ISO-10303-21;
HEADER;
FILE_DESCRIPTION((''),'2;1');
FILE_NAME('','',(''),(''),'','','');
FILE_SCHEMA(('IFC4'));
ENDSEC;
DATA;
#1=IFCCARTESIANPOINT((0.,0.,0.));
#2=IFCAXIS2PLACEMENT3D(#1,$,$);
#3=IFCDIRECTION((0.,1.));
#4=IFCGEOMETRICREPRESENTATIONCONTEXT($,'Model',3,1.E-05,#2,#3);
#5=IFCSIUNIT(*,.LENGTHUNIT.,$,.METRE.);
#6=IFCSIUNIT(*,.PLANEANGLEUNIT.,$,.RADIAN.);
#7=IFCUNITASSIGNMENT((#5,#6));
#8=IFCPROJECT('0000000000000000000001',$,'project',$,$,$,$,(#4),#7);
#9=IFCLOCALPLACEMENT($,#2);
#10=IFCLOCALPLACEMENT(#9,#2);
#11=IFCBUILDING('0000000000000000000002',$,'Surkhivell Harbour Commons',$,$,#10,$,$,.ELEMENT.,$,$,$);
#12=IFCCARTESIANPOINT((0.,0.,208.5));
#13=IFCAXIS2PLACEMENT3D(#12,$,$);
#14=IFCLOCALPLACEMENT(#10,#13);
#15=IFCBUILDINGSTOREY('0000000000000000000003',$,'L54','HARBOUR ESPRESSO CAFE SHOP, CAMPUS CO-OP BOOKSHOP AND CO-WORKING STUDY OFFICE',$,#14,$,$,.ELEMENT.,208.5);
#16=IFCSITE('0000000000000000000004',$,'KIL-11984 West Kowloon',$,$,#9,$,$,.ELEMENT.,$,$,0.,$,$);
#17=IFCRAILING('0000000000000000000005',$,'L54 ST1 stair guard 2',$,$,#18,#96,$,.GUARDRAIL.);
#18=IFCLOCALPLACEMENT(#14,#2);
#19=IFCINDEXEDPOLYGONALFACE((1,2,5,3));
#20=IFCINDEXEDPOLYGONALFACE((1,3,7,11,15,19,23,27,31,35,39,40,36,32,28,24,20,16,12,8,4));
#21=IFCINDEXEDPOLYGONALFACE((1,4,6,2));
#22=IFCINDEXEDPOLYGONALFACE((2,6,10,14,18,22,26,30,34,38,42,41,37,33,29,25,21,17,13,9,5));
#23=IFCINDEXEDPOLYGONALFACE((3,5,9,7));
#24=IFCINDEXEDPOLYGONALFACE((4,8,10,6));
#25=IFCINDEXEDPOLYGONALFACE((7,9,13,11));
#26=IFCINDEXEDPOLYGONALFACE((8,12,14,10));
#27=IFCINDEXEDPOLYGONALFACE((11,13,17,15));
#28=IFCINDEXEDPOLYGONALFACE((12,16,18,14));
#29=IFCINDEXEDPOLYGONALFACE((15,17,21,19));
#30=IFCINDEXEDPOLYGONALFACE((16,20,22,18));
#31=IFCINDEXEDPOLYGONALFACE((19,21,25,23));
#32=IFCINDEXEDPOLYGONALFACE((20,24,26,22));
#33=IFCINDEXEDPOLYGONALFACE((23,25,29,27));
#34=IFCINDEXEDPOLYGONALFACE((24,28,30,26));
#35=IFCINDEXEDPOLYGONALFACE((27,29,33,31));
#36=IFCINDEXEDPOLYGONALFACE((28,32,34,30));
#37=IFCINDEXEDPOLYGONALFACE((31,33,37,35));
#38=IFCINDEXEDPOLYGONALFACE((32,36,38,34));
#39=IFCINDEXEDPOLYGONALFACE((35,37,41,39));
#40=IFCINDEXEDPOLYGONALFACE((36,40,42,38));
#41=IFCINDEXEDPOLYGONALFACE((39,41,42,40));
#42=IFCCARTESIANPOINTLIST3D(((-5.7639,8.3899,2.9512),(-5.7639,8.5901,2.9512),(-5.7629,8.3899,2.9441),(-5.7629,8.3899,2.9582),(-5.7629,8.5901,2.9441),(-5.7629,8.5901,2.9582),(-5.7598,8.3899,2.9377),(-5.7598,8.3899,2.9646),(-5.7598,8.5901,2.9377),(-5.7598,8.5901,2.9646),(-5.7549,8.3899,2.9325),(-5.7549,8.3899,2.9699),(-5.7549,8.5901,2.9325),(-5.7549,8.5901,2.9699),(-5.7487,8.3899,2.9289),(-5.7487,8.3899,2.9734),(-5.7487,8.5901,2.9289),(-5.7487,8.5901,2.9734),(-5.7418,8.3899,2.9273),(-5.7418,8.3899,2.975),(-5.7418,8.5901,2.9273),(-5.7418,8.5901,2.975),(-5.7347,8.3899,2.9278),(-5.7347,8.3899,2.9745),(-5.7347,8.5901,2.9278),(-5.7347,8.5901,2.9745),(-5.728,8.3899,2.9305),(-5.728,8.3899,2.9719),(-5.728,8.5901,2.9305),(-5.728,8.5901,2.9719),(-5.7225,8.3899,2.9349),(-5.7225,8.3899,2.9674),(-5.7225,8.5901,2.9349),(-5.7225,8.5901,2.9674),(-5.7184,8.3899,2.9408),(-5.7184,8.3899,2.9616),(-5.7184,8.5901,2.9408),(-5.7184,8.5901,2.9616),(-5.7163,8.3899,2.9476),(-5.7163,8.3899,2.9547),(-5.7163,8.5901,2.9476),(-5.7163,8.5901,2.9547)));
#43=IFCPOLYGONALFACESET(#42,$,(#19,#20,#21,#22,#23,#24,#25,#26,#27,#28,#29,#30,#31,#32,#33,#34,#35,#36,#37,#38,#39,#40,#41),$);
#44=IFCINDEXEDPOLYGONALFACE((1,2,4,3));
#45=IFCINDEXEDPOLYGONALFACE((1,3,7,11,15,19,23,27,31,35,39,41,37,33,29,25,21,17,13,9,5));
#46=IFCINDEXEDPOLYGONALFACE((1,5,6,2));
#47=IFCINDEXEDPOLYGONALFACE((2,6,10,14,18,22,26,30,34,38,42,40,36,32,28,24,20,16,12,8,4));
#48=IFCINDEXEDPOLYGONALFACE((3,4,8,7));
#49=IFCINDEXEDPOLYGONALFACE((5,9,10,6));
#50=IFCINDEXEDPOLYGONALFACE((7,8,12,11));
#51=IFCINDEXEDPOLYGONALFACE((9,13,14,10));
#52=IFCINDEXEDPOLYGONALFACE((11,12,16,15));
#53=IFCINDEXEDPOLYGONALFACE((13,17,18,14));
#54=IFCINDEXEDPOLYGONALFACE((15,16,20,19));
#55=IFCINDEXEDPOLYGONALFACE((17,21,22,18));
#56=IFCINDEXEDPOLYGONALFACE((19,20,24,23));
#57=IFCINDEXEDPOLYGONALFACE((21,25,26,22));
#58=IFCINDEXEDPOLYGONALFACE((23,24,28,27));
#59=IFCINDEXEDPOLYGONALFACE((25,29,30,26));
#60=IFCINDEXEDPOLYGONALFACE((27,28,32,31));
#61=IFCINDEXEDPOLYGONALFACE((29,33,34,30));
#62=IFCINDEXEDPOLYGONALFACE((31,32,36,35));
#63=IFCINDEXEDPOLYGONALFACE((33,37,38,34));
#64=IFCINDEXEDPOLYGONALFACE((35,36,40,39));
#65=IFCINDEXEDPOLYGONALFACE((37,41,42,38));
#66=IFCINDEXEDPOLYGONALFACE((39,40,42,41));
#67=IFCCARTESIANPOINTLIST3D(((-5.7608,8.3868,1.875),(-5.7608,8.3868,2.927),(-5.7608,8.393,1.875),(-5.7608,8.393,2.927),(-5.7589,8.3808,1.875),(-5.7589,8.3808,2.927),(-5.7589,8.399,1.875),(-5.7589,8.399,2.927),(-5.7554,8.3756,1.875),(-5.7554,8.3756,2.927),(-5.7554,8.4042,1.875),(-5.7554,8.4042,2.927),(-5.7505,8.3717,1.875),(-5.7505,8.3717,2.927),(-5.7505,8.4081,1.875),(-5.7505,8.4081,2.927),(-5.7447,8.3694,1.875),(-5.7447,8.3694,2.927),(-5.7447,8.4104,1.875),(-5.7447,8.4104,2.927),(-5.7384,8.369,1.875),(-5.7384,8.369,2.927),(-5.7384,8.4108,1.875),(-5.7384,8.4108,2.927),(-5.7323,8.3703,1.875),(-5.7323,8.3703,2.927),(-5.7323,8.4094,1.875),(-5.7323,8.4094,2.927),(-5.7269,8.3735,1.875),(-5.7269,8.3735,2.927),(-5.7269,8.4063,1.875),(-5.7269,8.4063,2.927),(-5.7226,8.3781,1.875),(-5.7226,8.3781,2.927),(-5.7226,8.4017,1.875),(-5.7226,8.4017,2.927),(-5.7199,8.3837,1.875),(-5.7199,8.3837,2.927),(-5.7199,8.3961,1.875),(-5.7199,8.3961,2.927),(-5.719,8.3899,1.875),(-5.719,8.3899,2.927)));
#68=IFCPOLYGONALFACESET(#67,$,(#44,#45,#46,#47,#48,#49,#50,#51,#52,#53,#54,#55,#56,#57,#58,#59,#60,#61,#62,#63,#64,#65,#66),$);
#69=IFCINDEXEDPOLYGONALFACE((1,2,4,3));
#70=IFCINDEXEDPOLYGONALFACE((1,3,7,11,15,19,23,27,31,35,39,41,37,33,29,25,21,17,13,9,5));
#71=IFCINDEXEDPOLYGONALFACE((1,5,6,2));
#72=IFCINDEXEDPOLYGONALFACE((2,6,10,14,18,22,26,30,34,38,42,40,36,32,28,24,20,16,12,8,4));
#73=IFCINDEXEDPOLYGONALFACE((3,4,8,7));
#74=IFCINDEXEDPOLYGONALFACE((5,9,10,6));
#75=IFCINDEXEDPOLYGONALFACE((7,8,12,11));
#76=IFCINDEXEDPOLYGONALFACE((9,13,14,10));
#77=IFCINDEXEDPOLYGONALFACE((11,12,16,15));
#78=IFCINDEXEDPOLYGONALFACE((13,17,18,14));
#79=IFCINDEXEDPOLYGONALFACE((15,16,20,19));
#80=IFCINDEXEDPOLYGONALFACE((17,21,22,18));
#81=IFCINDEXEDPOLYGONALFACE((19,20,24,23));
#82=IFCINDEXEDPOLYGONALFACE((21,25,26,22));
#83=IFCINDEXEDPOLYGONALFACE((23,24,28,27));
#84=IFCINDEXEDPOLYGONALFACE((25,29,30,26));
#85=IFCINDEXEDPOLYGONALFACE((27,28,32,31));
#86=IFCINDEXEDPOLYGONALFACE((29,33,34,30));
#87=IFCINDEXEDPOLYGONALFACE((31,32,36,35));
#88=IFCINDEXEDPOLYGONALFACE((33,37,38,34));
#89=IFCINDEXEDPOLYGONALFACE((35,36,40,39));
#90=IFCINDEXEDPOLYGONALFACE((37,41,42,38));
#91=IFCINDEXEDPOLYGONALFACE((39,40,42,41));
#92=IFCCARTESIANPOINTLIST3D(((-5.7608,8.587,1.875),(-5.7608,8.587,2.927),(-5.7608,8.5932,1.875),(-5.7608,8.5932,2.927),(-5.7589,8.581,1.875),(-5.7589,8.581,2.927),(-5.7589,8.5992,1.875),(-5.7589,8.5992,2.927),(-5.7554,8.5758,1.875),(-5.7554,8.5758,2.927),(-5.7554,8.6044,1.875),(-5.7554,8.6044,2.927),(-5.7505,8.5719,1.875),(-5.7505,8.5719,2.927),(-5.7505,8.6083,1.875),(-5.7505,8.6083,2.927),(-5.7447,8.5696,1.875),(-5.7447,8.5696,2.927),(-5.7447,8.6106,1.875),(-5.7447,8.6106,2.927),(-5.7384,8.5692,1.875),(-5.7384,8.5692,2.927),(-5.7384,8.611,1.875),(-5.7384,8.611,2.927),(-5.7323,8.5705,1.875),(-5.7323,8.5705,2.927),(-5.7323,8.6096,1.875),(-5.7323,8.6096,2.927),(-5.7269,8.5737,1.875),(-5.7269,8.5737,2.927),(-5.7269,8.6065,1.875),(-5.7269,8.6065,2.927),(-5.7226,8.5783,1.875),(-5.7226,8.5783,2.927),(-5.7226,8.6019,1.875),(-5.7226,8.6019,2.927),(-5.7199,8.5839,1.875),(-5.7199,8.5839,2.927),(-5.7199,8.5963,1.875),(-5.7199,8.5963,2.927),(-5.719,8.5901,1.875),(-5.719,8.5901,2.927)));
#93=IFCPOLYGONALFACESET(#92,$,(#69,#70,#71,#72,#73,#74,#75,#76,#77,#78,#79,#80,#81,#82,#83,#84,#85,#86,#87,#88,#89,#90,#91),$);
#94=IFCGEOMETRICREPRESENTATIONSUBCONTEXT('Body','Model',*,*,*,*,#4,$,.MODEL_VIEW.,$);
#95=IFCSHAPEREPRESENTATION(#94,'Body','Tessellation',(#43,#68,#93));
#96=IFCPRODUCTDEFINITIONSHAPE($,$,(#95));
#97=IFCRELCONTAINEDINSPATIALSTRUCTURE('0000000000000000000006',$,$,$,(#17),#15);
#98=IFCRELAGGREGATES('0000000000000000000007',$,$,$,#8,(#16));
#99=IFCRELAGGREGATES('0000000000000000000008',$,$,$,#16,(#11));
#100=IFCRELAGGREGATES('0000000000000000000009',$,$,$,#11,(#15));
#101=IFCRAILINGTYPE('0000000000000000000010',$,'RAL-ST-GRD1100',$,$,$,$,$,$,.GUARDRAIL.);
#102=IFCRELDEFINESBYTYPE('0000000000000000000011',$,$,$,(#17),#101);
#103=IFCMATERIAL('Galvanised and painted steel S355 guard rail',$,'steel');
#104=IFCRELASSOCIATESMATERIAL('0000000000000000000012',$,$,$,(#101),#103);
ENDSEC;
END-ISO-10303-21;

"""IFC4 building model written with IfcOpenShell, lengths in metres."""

from ifc_helpers import new_model, si_unit, direction, frame, origin, origin_2d, place, context, subcontext, project, spatial, circle, extrude, material, type_object, element, save


model = new_model("IFC4")

# Units and contexts
model_context = context("Model", 3, precision=1e-05, world=origin(), true_north=direction((0.0, 1.0)))
body_context = subcontext(model_context, "Body", "Model", "MODEL_VIEW")
ifc_project = project(units=[si_unit("LENGTHUNIT", "METRE"), si_unit("PLANEANGLEUNIT", "RADIAN")], contexts=[model_context])

# Site, building, storey
site_placement = place(None, origin())
site = spatial("IfcSite", under=ifc_project, at=site_placement, Name="KIL-11984 West Kowloon", CompositionType="ELEMENT", RefElevation=0.0)
building_placement = place(site_placement, origin())
building = spatial("IfcBuilding", under=site, at=building_placement, Name="Surkhivell Harbour Commons", CompositionType="ELEMENT")
storey_placement = place(building_placement, frame((0.0, 0.0, 208.5)))
storey = spatial("IfcBuildingStorey", under=building, at=storey_placement, Name="L54", Description="HARBOUR ESPRESSO CAFE SHOP, CAMPUS CO-OP BOOKSHOP AND CO-WORKING STUDY OFFICE", CompositionType="ELEMENT", Elevation=208.5)

# Railing
ifc_material_1 = material(Name="Galvanised and painted steel S355 guard rail", Category="steel")
railing_type_1 = type_object("IfcRailingType", Name="RAL-ST-GRD1100", PredefinedType="GUARDRAIL", material=ifc_material_1)
railing_1_placement = place(storey_placement, frame((-5.74, 8.3899, 1.875)))
element("IfcRailing", 1, at=railing_1_placement, inside=storey, type_object=railing_type_1, Name="L54 ST1 stair guard 2", PredefinedType="GUARDRAIL", context=body_context, shape_type="SweptSolid", body=[
    extrude(circle(Radius=0.0239, at=origin_2d()), frame((0.0, 0.0, 1.0762), z_axis=(0.0, 1.0, 0.0), x_axis=(-1.0, 0.0, 0.0)), (0.0, 0.0, 1.0), 0.2002),
    extrude(circle(Radius=0.021, at=origin_2d()), origin(), (0.0, 0.0, 1.0), 1.052),
    extrude(circle(Radius=0.021, at=origin_2d()), frame((0.0, 0.2002, 0.0)), (0.0, 0.0, 1.0), 1.052),
])

save(model, "model.ifc")
